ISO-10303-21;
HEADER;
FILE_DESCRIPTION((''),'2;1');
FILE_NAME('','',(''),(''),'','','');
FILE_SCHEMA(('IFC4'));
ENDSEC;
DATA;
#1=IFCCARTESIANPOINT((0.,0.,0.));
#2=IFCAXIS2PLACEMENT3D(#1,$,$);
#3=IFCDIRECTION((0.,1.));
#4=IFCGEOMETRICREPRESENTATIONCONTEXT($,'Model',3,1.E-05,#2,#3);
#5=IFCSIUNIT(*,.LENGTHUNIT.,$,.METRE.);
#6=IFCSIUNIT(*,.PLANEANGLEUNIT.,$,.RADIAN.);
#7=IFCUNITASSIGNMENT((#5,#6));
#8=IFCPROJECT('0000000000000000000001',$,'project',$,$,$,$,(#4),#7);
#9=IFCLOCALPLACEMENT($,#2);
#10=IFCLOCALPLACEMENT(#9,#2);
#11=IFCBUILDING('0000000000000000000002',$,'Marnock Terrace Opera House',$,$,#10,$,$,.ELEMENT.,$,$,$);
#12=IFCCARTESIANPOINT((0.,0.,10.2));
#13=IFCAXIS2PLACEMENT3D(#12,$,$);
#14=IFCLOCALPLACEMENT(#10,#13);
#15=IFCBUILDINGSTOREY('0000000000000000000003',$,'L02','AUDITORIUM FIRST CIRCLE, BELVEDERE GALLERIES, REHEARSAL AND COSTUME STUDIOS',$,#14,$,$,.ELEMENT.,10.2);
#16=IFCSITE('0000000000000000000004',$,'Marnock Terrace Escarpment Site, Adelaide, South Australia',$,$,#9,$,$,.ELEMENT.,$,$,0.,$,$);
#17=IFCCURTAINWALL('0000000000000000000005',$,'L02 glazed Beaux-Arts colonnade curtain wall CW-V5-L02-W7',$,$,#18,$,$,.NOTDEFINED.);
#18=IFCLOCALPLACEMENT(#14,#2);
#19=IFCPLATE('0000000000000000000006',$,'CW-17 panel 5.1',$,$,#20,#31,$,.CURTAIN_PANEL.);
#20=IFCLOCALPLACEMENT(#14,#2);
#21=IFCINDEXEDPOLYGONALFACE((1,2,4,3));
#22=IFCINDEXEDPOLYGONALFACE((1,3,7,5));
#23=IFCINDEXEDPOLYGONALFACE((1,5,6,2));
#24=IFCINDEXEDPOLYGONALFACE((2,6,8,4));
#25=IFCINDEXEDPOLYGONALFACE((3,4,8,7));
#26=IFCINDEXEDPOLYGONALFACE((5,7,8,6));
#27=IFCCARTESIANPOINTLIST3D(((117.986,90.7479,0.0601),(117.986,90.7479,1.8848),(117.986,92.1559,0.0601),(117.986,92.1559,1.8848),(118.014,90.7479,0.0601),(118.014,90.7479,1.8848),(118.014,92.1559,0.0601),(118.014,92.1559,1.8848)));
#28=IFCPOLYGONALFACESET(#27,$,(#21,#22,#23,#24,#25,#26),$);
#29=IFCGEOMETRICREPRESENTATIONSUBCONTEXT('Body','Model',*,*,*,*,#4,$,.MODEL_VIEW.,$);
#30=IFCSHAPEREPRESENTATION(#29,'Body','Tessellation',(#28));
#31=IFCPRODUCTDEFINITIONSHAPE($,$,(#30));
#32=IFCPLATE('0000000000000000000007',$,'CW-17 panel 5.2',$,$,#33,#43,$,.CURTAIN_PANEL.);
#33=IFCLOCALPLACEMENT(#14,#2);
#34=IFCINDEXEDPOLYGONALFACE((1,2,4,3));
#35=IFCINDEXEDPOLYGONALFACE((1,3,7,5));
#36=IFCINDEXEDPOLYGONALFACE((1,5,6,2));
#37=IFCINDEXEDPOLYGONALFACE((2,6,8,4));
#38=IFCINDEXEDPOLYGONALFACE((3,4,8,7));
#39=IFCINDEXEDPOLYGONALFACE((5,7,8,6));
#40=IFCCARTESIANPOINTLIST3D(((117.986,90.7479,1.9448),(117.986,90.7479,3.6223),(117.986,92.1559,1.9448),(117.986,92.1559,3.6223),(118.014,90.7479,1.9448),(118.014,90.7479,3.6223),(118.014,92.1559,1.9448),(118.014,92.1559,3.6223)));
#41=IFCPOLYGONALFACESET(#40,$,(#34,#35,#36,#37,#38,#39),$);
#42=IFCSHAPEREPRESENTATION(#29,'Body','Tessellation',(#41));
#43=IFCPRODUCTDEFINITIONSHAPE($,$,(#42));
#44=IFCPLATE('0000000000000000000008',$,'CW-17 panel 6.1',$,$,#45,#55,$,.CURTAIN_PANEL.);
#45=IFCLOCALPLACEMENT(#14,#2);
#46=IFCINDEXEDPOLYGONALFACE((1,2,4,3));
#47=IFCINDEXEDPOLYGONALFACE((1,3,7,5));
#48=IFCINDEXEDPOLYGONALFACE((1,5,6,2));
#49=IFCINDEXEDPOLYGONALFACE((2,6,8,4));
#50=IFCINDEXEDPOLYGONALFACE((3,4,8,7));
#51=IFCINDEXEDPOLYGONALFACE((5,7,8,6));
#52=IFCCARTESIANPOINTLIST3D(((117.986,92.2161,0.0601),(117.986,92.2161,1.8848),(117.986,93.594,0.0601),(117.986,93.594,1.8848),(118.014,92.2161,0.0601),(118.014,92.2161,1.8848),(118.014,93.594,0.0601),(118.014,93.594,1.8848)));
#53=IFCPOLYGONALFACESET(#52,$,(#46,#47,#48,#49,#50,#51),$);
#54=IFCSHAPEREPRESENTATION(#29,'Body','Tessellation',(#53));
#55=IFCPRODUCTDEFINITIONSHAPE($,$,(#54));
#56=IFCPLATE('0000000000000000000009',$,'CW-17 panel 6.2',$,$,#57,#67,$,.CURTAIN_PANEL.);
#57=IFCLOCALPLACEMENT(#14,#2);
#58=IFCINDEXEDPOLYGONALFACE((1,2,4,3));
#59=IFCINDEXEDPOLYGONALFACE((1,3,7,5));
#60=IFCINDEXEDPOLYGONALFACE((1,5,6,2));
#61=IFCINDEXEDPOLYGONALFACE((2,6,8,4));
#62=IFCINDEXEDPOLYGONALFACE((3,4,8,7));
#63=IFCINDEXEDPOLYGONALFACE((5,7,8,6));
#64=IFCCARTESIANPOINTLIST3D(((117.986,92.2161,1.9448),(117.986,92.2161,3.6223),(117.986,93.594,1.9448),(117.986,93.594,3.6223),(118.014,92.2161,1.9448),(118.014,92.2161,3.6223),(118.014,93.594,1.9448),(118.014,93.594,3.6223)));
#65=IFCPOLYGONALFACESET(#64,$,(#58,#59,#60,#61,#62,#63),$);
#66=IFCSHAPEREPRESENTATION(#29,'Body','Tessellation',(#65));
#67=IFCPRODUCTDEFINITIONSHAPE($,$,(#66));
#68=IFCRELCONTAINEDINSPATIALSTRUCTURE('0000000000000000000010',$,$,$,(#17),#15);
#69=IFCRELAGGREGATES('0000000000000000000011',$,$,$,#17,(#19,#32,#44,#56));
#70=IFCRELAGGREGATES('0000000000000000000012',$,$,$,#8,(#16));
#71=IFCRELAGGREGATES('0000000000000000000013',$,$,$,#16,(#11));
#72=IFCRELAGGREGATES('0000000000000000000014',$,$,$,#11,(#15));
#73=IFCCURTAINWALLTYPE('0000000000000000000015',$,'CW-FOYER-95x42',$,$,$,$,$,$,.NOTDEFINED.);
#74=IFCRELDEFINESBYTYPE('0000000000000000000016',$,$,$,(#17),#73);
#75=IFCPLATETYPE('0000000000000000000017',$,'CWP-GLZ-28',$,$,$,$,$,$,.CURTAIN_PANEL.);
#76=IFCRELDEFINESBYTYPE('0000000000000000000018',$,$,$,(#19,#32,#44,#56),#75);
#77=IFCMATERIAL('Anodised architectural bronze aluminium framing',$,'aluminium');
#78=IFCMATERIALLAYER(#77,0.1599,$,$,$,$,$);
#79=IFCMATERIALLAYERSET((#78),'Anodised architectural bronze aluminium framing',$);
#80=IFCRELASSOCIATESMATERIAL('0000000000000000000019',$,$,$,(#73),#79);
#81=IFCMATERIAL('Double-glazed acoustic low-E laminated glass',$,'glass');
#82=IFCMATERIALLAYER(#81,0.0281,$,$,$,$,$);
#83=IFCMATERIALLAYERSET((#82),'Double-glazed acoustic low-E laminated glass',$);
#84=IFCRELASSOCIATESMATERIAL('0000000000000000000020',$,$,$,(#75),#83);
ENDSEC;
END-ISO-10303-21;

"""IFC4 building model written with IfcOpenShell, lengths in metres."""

from ifc_helpers import new_model, si_unit, direction, frame, origin, origin_2d, place, context, subcontext, project, spatial, rectangle, extrude, material, layer, layer_set, type_object, element, aggregate, save


model = new_model("IFC4")

# Units and contexts
model_context = context("Model", 3, precision=1e-05, world=origin(), true_north=direction((0.0, 1.0)))
body_context = subcontext(model_context, "Body", "Model", "MODEL_VIEW")
ifc_project = project(units=[si_unit("LENGTHUNIT", "METRE"), si_unit("PLANEANGLEUNIT", "RADIAN")], contexts=[model_context])

# Site, building, storey
site_placement = place(None, origin())
site = spatial("IfcSite", under=ifc_project, at=site_placement, Name="Marnock Terrace Escarpment Site, Adelaide, South Australia", CompositionType="ELEMENT", RefElevation=0.0)
building_placement = place(site_placement, origin())
building = spatial("IfcBuilding", under=site, at=building_placement, Name="Marnock Terrace Opera House", CompositionType="ELEMENT")
storey_placement = place(building_placement, frame((0.0, 0.0, 10.2)))
storey = spatial("IfcBuildingStorey", under=building, at=storey_placement, Name="L02", Description="AUDITORIUM FIRST CIRCLE, BELVEDERE GALLERIES, REHEARSAL AND COSTUME STUDIOS", CompositionType="ELEMENT", Elevation=10.2)

# Curtain wall, plates
ifc_material_1 = material(Name="Anodised architectural bronze aluminium framing", Category="aluminium")
ifc_layer_1 = layer(ifc_material_1, 0.1599)
ifc_layer_set_1 = layer_set([ifc_layer_1], Name="Anodised architectural bronze aluminium framing")
curtain_wall_type = type_object("IfcCurtainWallType", Name="CW-FOYER-95x42", PredefinedType="NOTDEFINED", material=ifc_layer_set_1)
curtain_wall_placement = place(storey_placement, origin())
curtain_wall = element("IfcCurtainWall", 1, at=curtain_wall_placement, inside=storey, type_object=curtain_wall_type, Name="L02 glazed Beaux-Arts colonnade curtain wall CW-V5-L02-W7", PredefinedType="NOTDEFINED")
ifc_material_2 = material(Name="Double-glazed acoustic low-E laminated glass", Category="glass")
ifc_layer_2 = layer(ifc_material_2, 0.0281)
ifc_layer_set_2 = layer_set([ifc_layer_2], Name="Double-glazed acoustic low-E laminated glass")
plate_type = type_object("IfcPlateType", Name="CWP-GLZ-28", PredefinedType="CURTAIN_PANEL", material=ifc_layer_set_2)
plate_1_placement = place(storey_placement, frame((118.0, 91.4519, 0.0601), z_axis=(0.0, 0.0, 1.0), x_axis=(0.0, 1.0, 0.0)))
plate_1 = element("IfcPlate", 2, at=plate_1_placement, type_object=plate_type, Name="CW-17 panel 5.1", PredefinedType="CURTAIN_PANEL", context=body_context, shape_type="SweptSolid", body=[
    extrude(rectangle(XDim=1.408, YDim=0.0281, at=origin_2d()), origin(), (0.0, 0.0, 1.0), 1.8247),
])
plate_2_placement = place(storey_placement, frame((118.0, 91.4519, 1.9448), z_axis=(0.0, 0.0, 1.0), x_axis=(0.0, 1.0, 0.0)))
plate_2 = element("IfcPlate", 3, at=plate_2_placement, type_object=plate_type, Name="CW-17 panel 5.2", PredefinedType="CURTAIN_PANEL", context=body_context, shape_type="SweptSolid", body=[
    extrude(rectangle(XDim=1.408, YDim=0.0281, at=origin_2d()), origin(), (0.0, 0.0, 1.0), 1.6775),
])
plate_3_placement = place(storey_placement, frame((118.0, 92.905, 0.0601), z_axis=(0.0, 0.0, 1.0), x_axis=(0.0, 1.0, 0.0)))
plate_3 = element("IfcPlate", 4, at=plate_3_placement, type_object=plate_type, Name="CW-17 panel 6.1", PredefinedType="CURTAIN_PANEL", context=body_context, shape_type="SweptSolid", body=[
    extrude(rectangle(XDim=1.3779, YDim=0.0281, at=origin_2d()), origin(), (0.0, 0.0, 1.0), 1.8247),
])
plate_4_placement = place(storey_placement, frame((118.0, 92.905, 1.9448), z_axis=(0.0, 0.0, 1.0), x_axis=(0.0, 1.0, 0.0)))
plate_4 = element("IfcPlate", 5, at=plate_4_placement, type_object=plate_type, Name="CW-17 panel 6.2", PredefinedType="CURTAIN_PANEL", context=body_context, shape_type="SweptSolid", body=[
    extrude(rectangle(XDim=1.3779, YDim=0.0281, at=origin_2d()), origin(), (0.0, 0.0, 1.0), 1.6775),
])
aggregate(curtain_wall, [plate_1, plate_2, plate_3, plate_4])

save(model, "model.ifc")
